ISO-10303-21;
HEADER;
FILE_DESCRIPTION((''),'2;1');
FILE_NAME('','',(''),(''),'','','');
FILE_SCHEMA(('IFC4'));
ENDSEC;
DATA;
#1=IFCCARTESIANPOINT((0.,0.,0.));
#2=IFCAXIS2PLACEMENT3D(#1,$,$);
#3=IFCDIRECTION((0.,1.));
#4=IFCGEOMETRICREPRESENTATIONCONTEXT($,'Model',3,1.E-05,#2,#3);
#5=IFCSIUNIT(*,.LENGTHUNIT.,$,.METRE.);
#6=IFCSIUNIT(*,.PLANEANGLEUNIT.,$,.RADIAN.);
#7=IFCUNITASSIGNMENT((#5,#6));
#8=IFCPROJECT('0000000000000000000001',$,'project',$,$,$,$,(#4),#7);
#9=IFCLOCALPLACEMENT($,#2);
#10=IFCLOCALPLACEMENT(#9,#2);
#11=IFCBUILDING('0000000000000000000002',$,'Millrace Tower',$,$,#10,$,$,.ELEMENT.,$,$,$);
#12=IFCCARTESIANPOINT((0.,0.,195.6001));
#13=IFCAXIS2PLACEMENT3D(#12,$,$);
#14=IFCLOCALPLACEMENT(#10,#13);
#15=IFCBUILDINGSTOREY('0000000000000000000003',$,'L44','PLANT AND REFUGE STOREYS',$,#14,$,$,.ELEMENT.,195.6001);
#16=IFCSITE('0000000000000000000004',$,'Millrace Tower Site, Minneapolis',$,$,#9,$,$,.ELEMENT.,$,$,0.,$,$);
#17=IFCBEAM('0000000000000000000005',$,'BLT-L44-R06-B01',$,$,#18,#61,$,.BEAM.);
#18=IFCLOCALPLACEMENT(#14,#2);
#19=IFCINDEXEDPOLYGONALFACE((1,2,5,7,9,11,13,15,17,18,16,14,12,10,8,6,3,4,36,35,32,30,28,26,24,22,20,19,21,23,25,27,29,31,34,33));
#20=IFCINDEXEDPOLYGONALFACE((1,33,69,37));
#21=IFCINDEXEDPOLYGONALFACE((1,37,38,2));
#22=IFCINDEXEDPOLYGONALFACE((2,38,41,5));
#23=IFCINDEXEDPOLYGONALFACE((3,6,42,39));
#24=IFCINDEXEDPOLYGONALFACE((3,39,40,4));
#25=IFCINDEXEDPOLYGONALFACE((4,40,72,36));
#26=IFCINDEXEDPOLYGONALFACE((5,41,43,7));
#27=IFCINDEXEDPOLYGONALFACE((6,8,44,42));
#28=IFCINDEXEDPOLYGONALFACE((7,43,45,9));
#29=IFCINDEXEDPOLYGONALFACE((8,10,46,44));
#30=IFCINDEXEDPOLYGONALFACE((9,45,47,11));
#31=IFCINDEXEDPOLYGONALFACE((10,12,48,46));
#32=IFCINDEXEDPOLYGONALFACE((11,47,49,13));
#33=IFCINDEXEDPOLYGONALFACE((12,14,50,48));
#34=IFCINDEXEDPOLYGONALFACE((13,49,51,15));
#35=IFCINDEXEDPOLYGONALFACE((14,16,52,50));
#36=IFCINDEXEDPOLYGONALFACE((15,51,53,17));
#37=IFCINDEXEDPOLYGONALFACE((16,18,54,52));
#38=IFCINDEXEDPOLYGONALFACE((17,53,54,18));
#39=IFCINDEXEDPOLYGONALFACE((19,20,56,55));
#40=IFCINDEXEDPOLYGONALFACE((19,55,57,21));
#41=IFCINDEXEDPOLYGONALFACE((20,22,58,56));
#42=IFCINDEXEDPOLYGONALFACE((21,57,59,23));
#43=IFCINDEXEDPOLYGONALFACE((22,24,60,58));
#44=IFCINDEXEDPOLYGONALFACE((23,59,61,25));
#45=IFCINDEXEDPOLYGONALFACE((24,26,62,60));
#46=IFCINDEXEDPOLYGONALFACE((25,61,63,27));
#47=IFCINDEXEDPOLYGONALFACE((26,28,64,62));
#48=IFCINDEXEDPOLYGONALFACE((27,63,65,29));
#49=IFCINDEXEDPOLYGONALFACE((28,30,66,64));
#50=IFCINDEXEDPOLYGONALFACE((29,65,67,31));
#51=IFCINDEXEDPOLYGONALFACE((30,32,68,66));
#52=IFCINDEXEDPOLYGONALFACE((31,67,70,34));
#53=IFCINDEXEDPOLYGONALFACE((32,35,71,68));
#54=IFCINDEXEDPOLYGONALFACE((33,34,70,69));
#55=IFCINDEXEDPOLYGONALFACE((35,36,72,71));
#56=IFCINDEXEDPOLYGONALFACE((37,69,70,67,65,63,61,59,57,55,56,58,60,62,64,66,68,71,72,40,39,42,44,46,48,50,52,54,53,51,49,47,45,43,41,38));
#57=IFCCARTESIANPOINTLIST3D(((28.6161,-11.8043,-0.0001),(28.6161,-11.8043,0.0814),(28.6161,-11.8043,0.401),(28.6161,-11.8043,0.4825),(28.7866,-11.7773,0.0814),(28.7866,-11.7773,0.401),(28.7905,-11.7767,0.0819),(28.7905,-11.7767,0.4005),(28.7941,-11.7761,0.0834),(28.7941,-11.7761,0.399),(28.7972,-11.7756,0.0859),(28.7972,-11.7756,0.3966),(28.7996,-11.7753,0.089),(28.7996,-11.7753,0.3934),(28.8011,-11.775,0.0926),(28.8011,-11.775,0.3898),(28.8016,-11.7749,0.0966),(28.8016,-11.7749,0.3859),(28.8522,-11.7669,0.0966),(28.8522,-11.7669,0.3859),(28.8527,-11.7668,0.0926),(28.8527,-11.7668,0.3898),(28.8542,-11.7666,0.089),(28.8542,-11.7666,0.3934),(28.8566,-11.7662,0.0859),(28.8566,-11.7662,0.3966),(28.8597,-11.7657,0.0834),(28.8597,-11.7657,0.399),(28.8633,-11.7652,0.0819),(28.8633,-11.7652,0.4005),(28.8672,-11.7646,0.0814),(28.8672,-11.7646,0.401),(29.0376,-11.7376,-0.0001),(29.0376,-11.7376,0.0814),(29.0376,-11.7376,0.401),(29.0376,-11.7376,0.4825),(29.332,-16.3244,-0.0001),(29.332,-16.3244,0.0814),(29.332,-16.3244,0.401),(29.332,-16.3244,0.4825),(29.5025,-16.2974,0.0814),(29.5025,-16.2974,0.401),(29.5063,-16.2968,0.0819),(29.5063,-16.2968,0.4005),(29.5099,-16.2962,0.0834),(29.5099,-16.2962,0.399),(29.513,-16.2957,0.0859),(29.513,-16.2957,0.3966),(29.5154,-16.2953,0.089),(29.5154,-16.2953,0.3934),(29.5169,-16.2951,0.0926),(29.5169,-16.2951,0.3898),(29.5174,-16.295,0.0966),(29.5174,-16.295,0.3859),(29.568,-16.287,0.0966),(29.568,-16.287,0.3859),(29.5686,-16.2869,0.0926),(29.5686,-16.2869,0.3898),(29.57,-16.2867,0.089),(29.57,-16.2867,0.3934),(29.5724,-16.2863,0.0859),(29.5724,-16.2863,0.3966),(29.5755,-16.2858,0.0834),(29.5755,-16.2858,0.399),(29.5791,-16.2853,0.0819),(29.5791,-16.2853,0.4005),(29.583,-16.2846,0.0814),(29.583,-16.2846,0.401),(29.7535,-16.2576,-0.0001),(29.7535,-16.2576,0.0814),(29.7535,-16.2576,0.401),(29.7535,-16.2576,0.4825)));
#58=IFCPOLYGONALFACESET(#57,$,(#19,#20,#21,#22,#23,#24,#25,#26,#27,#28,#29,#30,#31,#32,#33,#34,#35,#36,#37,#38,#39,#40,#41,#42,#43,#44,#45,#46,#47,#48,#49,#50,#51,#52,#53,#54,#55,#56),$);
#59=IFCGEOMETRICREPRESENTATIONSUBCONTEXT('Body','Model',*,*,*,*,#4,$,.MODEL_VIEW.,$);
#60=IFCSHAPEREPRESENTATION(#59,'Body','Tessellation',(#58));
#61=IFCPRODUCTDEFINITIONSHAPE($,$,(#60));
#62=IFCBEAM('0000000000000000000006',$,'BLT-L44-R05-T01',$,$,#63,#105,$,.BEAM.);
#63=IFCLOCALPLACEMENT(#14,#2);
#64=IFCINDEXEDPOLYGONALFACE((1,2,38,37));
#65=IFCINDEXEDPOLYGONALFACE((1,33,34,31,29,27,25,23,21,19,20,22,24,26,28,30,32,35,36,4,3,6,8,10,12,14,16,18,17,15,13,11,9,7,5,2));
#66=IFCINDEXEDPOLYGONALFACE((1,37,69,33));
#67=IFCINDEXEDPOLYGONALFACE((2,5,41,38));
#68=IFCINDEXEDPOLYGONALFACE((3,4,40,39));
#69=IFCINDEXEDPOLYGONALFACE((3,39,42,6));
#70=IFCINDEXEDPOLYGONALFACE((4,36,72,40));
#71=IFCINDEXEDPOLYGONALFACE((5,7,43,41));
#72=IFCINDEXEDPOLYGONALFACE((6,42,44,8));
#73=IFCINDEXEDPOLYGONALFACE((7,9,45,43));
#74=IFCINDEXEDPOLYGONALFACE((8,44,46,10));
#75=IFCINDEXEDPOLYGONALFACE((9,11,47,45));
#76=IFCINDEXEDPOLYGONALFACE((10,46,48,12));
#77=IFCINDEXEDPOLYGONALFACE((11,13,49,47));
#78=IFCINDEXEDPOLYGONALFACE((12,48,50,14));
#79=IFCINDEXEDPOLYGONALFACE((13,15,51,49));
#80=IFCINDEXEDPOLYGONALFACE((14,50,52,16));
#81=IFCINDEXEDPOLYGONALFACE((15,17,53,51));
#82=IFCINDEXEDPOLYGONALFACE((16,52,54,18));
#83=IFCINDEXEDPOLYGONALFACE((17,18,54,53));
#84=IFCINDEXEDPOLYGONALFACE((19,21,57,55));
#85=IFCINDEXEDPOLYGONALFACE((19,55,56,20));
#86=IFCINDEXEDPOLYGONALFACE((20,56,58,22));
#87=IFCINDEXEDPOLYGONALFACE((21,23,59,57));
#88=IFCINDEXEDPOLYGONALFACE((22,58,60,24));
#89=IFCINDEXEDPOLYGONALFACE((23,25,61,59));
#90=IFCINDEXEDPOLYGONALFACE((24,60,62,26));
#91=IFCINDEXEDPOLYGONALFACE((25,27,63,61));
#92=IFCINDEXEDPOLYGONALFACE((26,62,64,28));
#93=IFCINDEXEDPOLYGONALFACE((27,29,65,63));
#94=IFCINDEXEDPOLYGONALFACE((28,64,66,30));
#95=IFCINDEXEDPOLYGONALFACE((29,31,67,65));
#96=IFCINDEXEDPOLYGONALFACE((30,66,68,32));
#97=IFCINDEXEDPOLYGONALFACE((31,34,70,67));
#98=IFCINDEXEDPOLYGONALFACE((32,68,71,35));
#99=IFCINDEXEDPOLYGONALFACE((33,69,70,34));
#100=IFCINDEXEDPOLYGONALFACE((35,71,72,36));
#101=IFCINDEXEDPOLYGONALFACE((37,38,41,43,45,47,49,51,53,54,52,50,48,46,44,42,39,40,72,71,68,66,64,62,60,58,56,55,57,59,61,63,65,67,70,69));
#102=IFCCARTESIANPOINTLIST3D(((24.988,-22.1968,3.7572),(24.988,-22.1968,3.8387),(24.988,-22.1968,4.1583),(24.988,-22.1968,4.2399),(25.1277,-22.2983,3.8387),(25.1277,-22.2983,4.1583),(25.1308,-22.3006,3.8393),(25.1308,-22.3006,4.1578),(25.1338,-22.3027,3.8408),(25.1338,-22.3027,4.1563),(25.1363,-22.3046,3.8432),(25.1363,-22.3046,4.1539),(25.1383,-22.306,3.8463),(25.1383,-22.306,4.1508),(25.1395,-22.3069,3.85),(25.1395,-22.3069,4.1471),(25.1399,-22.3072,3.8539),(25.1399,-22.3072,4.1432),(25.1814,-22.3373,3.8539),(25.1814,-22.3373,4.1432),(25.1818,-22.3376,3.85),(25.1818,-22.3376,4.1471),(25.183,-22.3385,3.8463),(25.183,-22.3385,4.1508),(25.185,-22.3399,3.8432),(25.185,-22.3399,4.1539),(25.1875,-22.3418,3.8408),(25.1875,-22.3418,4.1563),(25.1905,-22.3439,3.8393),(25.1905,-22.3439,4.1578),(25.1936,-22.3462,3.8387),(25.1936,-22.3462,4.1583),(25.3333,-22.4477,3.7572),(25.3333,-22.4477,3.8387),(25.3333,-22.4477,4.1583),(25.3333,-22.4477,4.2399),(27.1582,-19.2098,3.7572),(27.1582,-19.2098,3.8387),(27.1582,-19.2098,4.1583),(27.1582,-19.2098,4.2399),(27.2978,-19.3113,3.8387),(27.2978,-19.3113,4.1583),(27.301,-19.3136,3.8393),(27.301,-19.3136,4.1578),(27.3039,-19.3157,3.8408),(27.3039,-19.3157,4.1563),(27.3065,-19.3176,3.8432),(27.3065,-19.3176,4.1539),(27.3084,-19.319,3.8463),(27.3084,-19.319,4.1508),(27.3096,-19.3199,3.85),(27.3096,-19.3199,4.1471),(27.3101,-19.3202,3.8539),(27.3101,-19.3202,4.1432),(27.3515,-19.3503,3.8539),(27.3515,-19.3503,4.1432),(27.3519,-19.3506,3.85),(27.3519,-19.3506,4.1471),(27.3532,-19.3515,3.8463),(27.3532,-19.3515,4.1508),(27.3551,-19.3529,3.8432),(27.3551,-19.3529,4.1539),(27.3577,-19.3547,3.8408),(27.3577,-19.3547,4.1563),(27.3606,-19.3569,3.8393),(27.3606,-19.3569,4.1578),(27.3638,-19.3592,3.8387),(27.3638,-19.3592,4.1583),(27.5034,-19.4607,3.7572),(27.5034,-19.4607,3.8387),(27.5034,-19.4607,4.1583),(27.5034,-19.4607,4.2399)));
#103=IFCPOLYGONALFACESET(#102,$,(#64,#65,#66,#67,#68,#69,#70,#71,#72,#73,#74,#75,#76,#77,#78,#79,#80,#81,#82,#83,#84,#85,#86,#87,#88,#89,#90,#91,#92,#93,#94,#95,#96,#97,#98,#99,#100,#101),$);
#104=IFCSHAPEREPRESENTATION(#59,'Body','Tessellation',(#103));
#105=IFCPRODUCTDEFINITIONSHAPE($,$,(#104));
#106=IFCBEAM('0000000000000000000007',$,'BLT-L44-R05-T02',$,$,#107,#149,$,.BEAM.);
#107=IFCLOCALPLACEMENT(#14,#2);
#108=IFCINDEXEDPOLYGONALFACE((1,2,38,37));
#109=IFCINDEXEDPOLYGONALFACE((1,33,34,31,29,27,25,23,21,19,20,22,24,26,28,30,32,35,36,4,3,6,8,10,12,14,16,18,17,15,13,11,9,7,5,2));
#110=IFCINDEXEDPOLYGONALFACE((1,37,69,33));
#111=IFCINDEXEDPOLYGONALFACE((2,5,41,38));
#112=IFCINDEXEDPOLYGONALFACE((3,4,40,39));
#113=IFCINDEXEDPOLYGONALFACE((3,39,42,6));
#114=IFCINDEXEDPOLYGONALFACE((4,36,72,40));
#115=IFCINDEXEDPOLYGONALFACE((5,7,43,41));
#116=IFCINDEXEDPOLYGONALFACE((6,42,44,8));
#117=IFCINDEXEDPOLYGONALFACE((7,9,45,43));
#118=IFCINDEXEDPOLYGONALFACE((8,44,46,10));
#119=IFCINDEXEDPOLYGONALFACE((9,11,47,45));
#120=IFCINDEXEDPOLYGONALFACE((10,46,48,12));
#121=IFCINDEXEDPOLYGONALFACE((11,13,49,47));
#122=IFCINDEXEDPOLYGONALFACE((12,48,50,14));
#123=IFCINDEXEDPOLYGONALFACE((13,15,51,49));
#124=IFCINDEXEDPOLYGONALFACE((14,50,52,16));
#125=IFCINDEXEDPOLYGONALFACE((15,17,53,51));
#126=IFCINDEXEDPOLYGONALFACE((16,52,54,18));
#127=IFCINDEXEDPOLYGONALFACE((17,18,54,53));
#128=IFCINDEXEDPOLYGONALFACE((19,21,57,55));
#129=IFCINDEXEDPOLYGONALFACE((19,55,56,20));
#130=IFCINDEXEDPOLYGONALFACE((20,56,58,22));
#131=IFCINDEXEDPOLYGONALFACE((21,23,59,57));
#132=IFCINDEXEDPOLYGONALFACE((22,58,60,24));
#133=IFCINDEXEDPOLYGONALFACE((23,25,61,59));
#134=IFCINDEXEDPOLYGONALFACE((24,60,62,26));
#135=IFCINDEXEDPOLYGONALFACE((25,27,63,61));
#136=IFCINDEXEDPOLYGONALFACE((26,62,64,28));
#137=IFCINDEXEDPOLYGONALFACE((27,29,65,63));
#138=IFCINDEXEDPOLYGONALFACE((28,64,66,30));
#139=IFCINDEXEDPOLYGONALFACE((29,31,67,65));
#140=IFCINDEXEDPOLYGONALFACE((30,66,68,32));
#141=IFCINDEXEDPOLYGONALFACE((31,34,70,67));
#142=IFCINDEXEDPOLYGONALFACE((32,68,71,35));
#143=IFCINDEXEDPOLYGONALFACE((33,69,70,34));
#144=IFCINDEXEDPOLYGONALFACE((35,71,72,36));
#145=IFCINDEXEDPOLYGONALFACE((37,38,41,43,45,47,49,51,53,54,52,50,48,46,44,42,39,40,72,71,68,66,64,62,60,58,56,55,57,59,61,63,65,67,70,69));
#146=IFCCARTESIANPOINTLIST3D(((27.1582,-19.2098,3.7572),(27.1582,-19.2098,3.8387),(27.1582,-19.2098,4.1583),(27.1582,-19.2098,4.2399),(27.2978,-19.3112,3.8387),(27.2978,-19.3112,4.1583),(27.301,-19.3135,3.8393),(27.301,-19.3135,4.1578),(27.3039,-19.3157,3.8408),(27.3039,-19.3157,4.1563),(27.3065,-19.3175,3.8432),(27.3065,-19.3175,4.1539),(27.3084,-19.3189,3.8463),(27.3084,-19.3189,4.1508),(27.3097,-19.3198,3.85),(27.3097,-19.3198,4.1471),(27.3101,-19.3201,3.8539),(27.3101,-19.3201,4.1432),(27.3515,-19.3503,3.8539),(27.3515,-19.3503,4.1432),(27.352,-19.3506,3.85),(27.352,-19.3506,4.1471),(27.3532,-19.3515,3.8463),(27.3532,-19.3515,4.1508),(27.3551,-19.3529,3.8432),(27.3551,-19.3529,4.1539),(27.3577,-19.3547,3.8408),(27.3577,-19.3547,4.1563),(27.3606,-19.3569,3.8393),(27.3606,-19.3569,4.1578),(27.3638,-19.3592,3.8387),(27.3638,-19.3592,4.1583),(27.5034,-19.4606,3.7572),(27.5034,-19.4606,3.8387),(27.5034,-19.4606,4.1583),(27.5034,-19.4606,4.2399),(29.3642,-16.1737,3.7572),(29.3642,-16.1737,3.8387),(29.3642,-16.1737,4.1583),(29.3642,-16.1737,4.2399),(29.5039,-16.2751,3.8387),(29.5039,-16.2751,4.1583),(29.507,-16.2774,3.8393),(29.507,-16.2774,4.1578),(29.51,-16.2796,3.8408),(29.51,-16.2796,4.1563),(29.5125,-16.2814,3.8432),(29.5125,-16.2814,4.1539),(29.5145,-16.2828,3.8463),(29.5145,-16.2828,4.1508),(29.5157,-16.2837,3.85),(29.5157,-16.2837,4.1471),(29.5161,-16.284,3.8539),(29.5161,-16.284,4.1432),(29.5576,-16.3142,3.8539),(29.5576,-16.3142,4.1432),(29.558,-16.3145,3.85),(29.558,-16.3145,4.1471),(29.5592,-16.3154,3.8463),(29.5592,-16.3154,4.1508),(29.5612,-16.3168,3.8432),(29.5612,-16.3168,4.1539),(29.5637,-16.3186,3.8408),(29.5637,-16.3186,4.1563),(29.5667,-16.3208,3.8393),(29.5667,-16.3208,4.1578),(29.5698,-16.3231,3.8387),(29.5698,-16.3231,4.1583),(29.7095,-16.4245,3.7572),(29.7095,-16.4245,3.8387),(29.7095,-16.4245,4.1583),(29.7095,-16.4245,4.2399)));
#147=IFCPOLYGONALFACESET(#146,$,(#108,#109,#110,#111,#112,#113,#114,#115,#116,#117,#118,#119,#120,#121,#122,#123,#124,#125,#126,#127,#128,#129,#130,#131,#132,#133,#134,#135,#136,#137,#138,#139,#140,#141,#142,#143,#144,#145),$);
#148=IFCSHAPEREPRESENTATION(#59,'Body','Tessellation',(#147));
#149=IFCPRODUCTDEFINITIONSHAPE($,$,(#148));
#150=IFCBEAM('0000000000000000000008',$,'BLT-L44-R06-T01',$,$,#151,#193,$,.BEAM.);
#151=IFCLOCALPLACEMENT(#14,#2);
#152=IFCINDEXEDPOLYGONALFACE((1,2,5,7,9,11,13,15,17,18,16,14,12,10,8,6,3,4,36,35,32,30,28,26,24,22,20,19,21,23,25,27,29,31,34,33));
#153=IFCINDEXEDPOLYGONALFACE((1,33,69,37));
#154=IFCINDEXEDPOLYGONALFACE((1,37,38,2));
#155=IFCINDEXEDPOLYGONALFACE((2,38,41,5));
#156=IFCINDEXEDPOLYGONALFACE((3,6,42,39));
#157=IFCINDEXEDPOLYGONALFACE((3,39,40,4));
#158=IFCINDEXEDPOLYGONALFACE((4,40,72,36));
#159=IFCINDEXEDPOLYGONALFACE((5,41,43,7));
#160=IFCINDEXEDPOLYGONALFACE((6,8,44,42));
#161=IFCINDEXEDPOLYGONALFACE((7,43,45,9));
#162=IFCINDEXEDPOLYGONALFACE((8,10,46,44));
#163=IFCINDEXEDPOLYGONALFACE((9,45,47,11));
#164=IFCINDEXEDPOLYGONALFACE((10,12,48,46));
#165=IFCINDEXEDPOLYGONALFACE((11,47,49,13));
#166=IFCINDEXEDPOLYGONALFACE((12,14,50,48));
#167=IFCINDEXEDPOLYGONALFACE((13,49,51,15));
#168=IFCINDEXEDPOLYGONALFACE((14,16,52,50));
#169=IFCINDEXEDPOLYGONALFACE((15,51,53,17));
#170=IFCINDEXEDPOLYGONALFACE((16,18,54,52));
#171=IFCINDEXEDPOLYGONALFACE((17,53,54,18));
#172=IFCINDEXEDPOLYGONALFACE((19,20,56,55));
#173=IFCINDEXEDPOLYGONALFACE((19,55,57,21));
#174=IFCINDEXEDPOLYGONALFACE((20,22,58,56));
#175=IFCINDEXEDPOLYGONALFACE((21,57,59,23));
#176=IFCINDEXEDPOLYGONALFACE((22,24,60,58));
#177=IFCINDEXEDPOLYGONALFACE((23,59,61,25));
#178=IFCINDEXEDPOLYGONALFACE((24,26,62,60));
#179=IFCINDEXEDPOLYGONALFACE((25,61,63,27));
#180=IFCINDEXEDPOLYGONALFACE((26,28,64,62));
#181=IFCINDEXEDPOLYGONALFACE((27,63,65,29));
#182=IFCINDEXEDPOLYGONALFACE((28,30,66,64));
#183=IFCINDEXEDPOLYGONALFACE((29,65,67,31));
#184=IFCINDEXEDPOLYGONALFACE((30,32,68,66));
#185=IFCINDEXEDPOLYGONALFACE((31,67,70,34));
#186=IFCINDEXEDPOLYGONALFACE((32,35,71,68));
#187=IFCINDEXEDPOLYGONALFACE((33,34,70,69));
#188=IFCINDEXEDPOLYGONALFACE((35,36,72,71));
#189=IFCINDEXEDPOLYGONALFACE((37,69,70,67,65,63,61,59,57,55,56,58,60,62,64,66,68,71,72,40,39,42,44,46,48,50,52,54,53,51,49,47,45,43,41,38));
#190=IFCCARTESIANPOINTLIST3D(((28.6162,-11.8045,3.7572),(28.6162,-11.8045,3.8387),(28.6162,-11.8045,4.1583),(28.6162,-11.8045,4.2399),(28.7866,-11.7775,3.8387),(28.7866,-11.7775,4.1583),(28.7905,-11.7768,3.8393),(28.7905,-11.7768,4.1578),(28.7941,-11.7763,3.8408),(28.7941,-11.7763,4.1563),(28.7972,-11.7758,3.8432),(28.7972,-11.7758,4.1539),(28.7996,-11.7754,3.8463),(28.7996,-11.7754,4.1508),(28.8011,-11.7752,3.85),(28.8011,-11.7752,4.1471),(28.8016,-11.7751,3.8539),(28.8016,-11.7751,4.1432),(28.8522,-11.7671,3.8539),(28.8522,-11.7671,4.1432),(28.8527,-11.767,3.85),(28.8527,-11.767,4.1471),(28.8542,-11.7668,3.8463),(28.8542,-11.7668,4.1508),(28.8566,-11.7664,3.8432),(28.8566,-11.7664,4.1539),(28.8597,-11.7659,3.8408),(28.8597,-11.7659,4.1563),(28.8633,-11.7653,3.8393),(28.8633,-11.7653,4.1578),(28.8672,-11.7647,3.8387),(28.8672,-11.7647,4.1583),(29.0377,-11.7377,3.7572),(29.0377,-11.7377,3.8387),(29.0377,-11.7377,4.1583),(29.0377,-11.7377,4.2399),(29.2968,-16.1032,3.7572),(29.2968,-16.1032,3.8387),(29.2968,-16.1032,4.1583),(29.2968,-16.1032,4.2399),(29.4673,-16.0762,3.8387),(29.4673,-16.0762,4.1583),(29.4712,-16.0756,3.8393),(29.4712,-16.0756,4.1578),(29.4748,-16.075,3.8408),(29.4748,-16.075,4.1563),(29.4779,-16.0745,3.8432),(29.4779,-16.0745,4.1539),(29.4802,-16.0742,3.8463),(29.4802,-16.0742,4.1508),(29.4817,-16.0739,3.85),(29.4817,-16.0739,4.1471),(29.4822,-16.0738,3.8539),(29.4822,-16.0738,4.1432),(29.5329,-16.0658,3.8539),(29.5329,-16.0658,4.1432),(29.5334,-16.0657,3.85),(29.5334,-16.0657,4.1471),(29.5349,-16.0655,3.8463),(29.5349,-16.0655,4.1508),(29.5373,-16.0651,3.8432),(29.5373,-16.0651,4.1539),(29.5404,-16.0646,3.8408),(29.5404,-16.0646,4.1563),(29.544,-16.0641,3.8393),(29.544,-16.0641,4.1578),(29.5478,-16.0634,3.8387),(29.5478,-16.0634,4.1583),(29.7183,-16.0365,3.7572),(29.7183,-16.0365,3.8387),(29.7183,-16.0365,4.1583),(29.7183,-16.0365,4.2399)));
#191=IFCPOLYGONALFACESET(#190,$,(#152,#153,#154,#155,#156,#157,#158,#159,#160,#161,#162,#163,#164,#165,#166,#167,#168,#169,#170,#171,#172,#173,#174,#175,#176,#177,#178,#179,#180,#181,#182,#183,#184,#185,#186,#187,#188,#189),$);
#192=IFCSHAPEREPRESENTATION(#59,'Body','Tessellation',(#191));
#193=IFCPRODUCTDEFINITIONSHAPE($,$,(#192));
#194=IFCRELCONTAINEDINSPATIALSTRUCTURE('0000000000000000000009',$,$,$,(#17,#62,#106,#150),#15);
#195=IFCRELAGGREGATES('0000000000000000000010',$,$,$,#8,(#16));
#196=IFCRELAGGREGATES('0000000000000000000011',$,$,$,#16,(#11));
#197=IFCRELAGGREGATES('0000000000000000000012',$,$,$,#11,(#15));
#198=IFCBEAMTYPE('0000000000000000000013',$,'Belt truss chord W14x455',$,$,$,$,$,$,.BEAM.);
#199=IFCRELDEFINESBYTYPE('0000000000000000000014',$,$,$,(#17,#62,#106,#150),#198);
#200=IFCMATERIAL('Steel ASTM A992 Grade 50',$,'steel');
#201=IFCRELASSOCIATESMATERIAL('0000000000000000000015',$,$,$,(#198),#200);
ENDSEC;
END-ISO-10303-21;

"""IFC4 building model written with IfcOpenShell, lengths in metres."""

from ifc_helpers import new_model, si_unit, direction, frame, origin, origin_2d, place, context, subcontext, project, spatial, i_section, extrude, material, material_profile, profile_set, type_object, element, save


model = new_model("IFC4")

# Units and contexts
model_context = context("Model", 3, precision=1e-05, world=origin(), true_north=direction((0.0, 1.0)))
body_context = subcontext(model_context, "Body", "Model", "MODEL_VIEW")
ifc_project = project(units=[si_unit("LENGTHUNIT", "METRE"), si_unit("PLANEANGLEUNIT", "RADIAN")], contexts=[model_context])

# Site, building, storey
site_placement = place(None, origin())
site = spatial("IfcSite", under=ifc_project, at=site_placement, Name="Millrace Tower Site, Minneapolis", CompositionType="ELEMENT", RefElevation=0.0)
building_placement = place(site_placement, origin())
building = spatial("IfcBuilding", under=site, at=building_placement, Name="Millrace Tower", CompositionType="ELEMENT")
storey_placement = place(building_placement, frame((0.0, 0.0, 195.6001)))
storey = spatial("IfcBuildingStorey", under=building, at=storey_placement, Name="L44", Description="PLANT AND REFUGE STOREYS", CompositionType="ELEMENT", Elevation=195.6001)

# Beams
ifc_material_1 = material(Name="Steel ASTM A992 Grade 50", Category="steel")
ifc_material_profile_1 = material_profile(ifc_material_1, i_section(OverallWidth=0.4268, OverallDepth=0.4827, WebThickness=0.0513, FlangeThickness=0.0815, FilletRadius=0.0151, at=origin_2d()))
ifc_profile_set_1 = profile_set([ifc_material_profile_1], Name="Steel ASTM A992 Grade 50")
beam_type_1 = type_object("IfcBeamType", Name="Belt truss chord W14x455", PredefinedType="BEAM", material=ifc_profile_set_1)
beam_1_placement = place(storey_placement, frame((29.5427, -16.291, 0.2412), z_axis=(-0.156417, 0.987691, 0.0), x_axis=(-0.987691, -0.156417, 0.0)))
element("IfcBeam", 1, at=beam_1_placement, inside=storey, type_object=beam_type_1, Name="BLT-L44-R06-B01", PredefinedType="BEAM", context=body_context, shape_type="SweptSolid", body=[
    extrude(i_section(OverallWidth=0.4268, OverallDepth=0.4827, WebThickness=0.0513, FlangeThickness=0.0815, FilletRadius=0.0151, at=origin_2d()), origin(), (0.0, 0.0, 1.0), 4.5764),
])
beam_2_placement = place(storey_placement, frame((25.1606, -22.3223, 3.9985), z_axis=(0.587775, 0.809025, 0.0), x_axis=(-0.809025, 0.587775, 0.0)))
element("IfcBeam", 2, at=beam_2_placement, inside=storey, type_object=beam_type_1, Name="BLT-L44-R05-T01", PredefinedType="BEAM", context=body_context, shape_type="SweptSolid", body=[
    extrude(i_section(OverallWidth=0.4268, OverallDepth=0.4827, WebThickness=0.0513, FlangeThickness=0.0815, FilletRadius=0.0151, at=origin_2d()), origin(), (0.0, 0.0, 1.0), 3.6921),
])
beam_3_placement = place(storey_placement, frame((27.3308, -19.3352, 3.9985), z_axis=(0.587816, 0.808995, 0.0), x_axis=(-0.808995, 0.587816, 0.0)))
element("IfcBeam", 3, at=beam_3_placement, inside=storey, type_object=beam_type_1, Name="BLT-L44-R05-T02", PredefinedType="BEAM", context=body_context, shape_type="SweptSolid", body=[
    extrude(i_section(OverallWidth=0.4268, OverallDepth=0.4827, WebThickness=0.0513, FlangeThickness=0.0815, FilletRadius=0.0151, at=origin_2d()), origin(), (0.0, 0.0, 1.0), 3.7529),
])
beam_4_placement = place(storey_placement, frame((29.5076, -16.0698, 3.9985), z_axis=(-0.156389, 0.987696, 0.0), x_axis=(-0.987696, -0.156389, 0.0)))
element("IfcBeam", 4, at=beam_4_placement, inside=storey, type_object=beam_type_1, Name="BLT-L44-R06-T01", PredefinedType="BEAM", context=body_context, shape_type="SweptSolid", body=[
    extrude(i_section(OverallWidth=0.4268, OverallDepth=0.4827, WebThickness=0.0513, FlangeThickness=0.0815, FilletRadius=0.0151, at=origin_2d()), origin(), (0.0, 0.0, 1.0), 4.3523),
])

save(model, "model.ifc")
